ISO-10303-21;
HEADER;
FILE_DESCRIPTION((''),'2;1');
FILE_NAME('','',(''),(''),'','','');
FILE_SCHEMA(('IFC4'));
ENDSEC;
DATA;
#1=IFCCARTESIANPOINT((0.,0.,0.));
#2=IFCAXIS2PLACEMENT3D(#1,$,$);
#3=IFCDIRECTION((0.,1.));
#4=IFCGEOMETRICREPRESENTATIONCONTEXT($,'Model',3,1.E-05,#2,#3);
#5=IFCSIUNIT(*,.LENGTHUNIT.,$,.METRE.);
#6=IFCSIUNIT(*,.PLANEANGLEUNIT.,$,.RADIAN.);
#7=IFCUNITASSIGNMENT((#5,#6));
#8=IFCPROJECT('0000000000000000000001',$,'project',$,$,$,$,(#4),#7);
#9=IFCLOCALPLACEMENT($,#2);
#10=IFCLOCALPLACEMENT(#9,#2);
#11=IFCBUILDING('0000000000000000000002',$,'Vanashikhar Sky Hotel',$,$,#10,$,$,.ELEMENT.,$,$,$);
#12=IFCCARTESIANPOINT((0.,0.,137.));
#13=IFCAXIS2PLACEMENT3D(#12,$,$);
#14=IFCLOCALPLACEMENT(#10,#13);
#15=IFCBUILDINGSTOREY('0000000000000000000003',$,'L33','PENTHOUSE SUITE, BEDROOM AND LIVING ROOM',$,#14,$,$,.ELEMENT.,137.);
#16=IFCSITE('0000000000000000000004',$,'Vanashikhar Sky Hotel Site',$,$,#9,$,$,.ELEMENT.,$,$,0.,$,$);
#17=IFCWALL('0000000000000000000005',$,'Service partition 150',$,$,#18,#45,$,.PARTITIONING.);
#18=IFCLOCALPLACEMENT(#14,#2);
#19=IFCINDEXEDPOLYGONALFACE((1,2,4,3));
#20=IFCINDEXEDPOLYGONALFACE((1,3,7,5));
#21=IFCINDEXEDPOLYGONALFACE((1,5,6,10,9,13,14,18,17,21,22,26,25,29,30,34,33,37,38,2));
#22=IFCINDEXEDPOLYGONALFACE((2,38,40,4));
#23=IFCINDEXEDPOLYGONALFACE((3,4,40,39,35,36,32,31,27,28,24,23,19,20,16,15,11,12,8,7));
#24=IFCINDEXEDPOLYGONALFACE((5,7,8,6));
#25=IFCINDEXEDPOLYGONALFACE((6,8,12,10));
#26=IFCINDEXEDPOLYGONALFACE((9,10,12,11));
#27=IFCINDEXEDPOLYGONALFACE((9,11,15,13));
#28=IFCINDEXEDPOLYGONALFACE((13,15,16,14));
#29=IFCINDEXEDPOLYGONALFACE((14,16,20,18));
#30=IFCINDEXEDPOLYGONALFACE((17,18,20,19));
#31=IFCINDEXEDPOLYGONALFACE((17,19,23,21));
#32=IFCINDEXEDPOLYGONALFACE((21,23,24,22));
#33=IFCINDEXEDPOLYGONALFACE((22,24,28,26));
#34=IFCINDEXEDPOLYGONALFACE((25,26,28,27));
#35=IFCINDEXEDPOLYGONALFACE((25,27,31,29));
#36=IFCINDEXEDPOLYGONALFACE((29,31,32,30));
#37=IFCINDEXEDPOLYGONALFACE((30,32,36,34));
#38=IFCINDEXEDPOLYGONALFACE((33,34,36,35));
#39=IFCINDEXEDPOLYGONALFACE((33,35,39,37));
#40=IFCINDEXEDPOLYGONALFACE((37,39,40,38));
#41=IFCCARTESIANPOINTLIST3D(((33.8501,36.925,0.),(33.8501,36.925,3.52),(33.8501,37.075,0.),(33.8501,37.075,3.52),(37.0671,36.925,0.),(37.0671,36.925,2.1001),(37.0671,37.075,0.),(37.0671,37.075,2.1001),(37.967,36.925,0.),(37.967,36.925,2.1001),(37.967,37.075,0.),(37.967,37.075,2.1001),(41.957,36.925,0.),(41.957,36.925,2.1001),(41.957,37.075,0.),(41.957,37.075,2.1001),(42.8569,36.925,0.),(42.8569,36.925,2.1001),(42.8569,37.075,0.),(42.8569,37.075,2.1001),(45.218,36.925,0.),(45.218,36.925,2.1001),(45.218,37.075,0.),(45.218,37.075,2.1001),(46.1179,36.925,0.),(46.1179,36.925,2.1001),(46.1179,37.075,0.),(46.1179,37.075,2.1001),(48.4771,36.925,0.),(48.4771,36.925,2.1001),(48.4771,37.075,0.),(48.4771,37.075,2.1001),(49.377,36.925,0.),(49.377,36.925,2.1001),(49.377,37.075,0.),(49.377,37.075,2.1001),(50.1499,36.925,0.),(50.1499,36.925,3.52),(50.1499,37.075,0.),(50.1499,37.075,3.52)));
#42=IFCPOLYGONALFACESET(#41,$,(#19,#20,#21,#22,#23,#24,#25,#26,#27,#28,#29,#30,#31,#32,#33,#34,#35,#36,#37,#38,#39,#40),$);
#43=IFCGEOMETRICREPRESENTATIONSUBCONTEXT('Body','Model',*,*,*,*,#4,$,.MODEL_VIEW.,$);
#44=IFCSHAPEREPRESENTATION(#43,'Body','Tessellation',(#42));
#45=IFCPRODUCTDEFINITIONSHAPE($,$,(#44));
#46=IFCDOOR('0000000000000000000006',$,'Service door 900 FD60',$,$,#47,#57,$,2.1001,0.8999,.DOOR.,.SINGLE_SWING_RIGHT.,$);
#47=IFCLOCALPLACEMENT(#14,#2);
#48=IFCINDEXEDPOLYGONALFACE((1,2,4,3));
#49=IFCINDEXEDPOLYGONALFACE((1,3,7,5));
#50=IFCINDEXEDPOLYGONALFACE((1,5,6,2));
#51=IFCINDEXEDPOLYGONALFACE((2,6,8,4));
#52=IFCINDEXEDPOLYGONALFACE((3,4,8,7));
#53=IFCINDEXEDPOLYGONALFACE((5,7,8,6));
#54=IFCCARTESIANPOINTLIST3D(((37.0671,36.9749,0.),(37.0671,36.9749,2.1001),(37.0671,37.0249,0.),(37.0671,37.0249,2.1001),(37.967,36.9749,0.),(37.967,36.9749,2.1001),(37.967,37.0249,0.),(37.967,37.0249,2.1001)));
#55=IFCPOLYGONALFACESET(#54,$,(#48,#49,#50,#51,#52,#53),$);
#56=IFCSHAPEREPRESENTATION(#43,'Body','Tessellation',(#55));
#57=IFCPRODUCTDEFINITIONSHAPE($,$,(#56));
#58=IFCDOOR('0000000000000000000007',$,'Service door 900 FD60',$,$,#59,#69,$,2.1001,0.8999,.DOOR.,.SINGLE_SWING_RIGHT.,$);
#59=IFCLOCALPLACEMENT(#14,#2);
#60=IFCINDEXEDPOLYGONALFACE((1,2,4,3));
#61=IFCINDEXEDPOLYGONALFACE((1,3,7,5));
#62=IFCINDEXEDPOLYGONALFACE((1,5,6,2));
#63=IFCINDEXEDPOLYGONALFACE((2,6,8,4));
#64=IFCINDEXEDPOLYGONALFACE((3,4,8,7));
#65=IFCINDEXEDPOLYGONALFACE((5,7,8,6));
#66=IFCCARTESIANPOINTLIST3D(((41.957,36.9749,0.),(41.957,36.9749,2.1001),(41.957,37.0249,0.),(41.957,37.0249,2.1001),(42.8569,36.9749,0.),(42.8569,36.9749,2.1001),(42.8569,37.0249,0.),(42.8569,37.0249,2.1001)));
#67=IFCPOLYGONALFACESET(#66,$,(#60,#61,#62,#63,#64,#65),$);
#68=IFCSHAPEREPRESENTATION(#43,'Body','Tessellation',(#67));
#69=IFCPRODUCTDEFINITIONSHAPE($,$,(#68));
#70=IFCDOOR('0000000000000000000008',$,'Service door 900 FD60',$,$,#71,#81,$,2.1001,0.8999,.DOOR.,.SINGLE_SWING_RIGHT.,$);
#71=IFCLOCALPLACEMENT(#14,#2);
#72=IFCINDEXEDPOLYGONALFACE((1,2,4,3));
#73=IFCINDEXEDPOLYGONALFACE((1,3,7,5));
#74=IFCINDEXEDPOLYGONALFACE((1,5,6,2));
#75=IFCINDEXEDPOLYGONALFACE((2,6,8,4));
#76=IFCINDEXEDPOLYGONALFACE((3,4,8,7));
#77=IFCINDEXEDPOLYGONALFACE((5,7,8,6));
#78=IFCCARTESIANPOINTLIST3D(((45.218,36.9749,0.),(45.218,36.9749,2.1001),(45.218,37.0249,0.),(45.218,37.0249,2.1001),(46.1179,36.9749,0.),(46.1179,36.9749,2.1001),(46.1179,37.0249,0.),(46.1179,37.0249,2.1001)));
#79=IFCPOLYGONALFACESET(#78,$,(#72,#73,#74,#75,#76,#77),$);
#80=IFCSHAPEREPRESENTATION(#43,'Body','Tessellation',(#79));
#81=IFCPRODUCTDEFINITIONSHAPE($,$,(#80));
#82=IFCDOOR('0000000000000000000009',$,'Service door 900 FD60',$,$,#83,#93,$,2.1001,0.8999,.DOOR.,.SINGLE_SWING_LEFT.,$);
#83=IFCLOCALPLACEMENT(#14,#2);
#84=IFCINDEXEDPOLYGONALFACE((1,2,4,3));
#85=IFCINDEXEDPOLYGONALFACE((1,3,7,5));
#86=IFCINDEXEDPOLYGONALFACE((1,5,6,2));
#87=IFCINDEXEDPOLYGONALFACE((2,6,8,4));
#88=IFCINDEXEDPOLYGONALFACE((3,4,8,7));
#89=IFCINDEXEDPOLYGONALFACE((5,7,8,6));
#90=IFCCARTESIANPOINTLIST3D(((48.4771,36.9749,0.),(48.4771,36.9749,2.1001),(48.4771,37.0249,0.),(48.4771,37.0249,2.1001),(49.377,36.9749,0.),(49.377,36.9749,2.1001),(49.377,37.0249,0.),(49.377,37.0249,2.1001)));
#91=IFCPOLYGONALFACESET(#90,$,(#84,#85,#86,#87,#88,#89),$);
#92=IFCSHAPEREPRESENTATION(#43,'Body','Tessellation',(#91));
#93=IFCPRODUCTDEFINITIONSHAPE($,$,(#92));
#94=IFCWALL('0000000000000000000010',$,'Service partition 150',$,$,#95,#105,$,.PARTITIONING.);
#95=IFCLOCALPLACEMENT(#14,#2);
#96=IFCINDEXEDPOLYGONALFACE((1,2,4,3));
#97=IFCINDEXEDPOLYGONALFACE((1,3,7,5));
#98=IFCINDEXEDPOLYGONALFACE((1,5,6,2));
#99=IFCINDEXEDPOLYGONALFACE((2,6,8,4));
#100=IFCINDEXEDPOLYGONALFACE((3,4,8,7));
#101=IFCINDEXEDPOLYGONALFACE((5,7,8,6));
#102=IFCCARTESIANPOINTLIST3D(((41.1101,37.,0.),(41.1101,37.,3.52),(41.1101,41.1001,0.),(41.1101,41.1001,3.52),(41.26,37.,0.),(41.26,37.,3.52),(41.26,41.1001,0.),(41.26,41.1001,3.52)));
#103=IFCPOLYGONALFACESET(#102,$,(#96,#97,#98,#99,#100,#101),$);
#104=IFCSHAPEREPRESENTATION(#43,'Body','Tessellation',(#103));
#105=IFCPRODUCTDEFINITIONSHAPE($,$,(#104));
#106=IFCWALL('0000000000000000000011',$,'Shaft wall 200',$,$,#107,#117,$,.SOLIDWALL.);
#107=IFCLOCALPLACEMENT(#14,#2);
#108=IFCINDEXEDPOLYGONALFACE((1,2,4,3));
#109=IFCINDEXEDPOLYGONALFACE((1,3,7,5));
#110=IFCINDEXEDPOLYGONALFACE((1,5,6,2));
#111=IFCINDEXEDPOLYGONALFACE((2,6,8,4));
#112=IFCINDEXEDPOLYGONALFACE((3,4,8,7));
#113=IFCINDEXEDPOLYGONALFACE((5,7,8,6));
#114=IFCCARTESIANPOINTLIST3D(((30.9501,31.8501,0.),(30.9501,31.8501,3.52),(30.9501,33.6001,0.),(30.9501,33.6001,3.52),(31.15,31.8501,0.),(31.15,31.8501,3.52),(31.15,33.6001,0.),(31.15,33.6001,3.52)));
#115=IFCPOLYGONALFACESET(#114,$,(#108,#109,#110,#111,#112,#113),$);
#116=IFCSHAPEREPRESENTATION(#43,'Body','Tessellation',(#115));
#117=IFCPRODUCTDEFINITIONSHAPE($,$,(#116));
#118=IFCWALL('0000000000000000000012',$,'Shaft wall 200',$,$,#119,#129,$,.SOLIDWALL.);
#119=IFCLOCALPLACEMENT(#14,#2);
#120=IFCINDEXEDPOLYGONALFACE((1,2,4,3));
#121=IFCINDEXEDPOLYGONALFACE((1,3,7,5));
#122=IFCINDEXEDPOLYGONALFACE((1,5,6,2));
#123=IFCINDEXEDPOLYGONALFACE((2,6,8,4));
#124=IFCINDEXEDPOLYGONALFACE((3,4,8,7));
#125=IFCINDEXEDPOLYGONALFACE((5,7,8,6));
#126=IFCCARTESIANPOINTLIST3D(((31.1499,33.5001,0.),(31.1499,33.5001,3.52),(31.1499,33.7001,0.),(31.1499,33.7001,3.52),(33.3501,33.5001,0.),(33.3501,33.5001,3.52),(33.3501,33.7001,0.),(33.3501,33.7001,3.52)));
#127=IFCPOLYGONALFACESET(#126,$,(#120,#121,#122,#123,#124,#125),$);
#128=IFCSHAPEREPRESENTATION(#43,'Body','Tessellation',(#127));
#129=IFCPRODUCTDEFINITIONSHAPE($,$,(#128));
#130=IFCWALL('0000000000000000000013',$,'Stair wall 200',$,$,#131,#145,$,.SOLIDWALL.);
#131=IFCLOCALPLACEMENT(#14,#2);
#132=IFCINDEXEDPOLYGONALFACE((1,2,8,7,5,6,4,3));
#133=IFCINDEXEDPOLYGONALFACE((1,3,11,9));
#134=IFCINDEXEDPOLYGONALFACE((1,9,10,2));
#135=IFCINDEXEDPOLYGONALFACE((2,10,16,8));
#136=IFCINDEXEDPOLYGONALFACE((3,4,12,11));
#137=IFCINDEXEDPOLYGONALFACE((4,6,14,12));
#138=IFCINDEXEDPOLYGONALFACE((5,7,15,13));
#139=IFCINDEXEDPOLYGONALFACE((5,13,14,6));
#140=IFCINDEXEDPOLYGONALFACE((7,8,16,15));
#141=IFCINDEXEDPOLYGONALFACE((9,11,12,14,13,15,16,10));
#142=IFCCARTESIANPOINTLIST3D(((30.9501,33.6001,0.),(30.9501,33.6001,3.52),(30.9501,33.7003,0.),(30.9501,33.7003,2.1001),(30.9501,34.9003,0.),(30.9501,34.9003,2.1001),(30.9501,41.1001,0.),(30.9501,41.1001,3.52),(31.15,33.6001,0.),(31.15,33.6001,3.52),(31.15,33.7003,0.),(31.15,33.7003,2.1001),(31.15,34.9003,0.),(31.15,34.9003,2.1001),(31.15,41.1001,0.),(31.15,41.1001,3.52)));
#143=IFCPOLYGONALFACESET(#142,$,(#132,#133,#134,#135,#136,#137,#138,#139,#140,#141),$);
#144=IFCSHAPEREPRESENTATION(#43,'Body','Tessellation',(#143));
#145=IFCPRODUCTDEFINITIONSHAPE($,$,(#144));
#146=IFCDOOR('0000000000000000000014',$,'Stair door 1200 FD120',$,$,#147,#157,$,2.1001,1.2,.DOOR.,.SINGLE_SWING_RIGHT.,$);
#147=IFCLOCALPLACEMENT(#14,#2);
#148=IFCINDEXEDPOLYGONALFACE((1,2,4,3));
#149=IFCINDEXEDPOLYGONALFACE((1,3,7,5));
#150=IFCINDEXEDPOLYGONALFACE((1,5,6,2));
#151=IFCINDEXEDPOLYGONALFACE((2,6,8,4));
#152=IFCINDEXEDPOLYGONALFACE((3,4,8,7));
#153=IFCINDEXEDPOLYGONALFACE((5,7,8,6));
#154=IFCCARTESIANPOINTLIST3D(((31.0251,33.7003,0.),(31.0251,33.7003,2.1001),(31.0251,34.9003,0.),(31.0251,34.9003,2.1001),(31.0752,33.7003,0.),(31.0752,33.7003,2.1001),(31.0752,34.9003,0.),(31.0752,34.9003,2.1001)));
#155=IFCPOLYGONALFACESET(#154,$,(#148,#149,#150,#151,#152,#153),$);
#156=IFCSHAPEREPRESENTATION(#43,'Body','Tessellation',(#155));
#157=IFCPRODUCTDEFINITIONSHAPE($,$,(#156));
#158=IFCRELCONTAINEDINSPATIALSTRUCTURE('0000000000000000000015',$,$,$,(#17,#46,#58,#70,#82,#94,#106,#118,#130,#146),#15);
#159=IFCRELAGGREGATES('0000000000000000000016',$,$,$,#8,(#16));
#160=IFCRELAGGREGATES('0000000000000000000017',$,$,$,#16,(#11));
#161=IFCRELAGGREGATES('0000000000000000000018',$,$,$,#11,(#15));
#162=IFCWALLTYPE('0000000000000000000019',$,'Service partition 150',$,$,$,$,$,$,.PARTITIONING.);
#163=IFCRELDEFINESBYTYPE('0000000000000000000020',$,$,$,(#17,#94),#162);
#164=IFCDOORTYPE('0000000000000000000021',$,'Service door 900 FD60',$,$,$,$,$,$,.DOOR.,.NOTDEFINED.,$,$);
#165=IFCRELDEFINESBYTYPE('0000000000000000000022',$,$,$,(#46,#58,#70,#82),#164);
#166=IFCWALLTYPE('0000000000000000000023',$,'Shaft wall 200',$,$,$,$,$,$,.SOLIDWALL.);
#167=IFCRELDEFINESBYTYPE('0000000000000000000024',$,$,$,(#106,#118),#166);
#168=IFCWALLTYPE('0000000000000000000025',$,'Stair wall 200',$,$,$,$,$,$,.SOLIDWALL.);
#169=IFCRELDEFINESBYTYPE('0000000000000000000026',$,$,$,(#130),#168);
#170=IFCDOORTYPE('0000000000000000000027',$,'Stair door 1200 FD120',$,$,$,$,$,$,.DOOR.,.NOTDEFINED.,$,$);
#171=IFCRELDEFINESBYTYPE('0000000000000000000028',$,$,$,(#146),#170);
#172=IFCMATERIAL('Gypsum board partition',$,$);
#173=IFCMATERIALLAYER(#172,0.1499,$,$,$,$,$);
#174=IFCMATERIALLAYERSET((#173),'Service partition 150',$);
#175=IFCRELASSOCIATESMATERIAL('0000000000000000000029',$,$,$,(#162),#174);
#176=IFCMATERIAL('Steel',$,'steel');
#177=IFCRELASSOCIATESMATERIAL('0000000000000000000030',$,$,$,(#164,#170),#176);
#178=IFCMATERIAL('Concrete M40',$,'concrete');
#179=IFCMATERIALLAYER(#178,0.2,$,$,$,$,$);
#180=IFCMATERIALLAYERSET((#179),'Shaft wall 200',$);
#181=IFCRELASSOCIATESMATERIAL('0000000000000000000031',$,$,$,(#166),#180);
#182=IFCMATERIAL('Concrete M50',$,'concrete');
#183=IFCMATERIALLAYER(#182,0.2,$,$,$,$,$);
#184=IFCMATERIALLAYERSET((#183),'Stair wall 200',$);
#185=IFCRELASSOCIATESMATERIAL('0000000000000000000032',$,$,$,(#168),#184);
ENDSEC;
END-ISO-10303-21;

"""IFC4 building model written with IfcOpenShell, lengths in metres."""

from ifc_helpers import new_model, si_unit, direction, frame, frame_2d, origin, place, context, subcontext, project, spatial, rectangle, extrude, source, transform, mapped, material, layer, layer_set, type_object, element, fill, save


model = new_model("IFC4")

# Units and contexts
model_context = context("Model", 3, precision=1e-05, world=origin(), true_north=direction((0.0, 1.0)))
body_context = subcontext(model_context, "Body", "Model", "MODEL_VIEW")
ifc_project = project(units=[si_unit("LENGTHUNIT", "METRE"), si_unit("PLANEANGLEUNIT", "RADIAN")], contexts=[model_context])

# Site, building, storey
site_placement = place(None, origin())
site = spatial("IfcSite", under=ifc_project, at=site_placement, Name="Vanashikhar Sky Hotel Site", CompositionType="ELEMENT", RefElevation=0.0)
building_placement = place(site_placement, origin())
building = spatial("IfcBuilding", under=site, at=building_placement, Name="Vanashikhar Sky Hotel", CompositionType="ELEMENT")
storey_placement = place(building_placement, frame((0.0, 0.0, 137.0)))
storey = spatial("IfcBuildingStorey", under=building, at=storey_placement, Name="L33", Description="PENTHOUSE SUITE, BEDROOM AND LIVING ROOM", CompositionType="ELEMENT", Elevation=137.0)

# Shared definitions
ifc_material_1 = material(Name="Concrete M50", Category="concrete")

# Shared definitions
ifc_material_2 = material(Name="Gypsum board partition")
ifc_layer_1 = layer(ifc_material_2, 0.1499)
ifc_layer_set_1 = layer_set([ifc_layer_1], Name="Service partition 150")
wall_type_1 = type_object("IfcWallType", Name="Service partition 150", PredefinedType="PARTITIONING", material=ifc_layer_set_1)

# Wall, openings, doors
shared_shape_1 = source(origin(), body_context, "Body", "SweptSolid", [
    extrude(rectangle(XDim=0.8999, YDim=2.1001, at=frame_2d((0.45, 1.05))), frame((0.0, 0.085, 0.0), z_axis=(0.0, -1.0, 0.0), x_axis=(1.0, 0.0, 0.0)), (0.0, 0.0, 1.0), 0.1699),
])
ifc_material_3 = material(Name="Steel", Category="steel")
door_type_1 = type_object("IfcDoorType", Name="Service door 900 FD60", OperationType="NOTDEFINED", PredefinedType="DOOR", material=ifc_material_3)
shared_shape_2 = source(origin(), body_context, "Body", "SweptSolid", [
    extrude(rectangle(XDim=0.8999, YDim=2.1001, at=frame_2d((0.45, 1.05))), frame((0.0, 0.0249, 0.0), z_axis=(0.0, -1.0, 0.0), x_axis=(1.0, 0.0, 0.0)), (0.0, 0.0, 1.0), 0.05),
])
shared_shape_3 = source(origin(), body_context, "Body", "SweptSolid", [
    extrude(rectangle(XDim=16.2998, YDim=0.1499, at=frame_2d((8.1499, 0.0))), origin(), (0.0, 0.0, 1.0), 3.52),
])
wall_1_placement = place(storey_placement, frame((33.8501, 37.0, 0.0), z_axis=(0.0, 0.0, 1.0), x_axis=(1.0, 0.0, 0.0)))
wall_1 = element("IfcWall", 1, at=wall_1_placement, inside=storey, type_object=wall_type_1, Name="Service partition 150", PredefinedType="PARTITIONING", context=body_context, shape_type="MappedRepresentation", body=[
    mapped(shared_shape_3, transform((0.0, 0.0, 0.0), scale=1.0)),
])
opening_1_placement = place(wall_1_placement, frame((3.217, 0.0, 0.0)))
opening_1 = element("IfcOpeningElement", 2, at=opening_1_placement, cuts=wall_1, PredefinedType="OPENING", context=body_context, shape_type="MappedRepresentation", body=[
    mapped(shared_shape_1, transform((0.0, 0.0, 0.0), scale=1.0)),
])
opening_2_placement = place(wall_1_placement, frame((8.1069, 0.0, 0.0)))
opening_2 = element("IfcOpeningElement", 3, at=opening_2_placement, cuts=wall_1, PredefinedType="OPENING", context=body_context, shape_type="MappedRepresentation", body=[
    mapped(shared_shape_1, transform((0.0, 0.0, 0.0), scale=1.0)),
])
opening_3_placement = place(wall_1_placement, frame((11.3679, 0.0, 0.0)))
opening_3 = element("IfcOpeningElement", 4, at=opening_3_placement, cuts=wall_1, PredefinedType="OPENING", context=body_context, shape_type="MappedRepresentation", body=[
    mapped(shared_shape_1, transform((0.0, 0.0, 0.0), scale=1.0)),
])
opening_4_placement = place(wall_1_placement, frame((14.627, 0.0, 0.0)))
opening_4 = element("IfcOpeningElement", 5, at=opening_4_placement, cuts=wall_1, PredefinedType="OPENING", context=body_context, shape_type="MappedRepresentation", body=[
    mapped(shared_shape_1, transform((0.0, 0.0, 0.0), scale=1.0)),
])
door_1_placement = place(opening_1_placement, origin())
door_1 = element("IfcDoor", 6, at=door_1_placement, inside=storey, type_object=door_type_1, Name="Service door 900 FD60", OperationType="SINGLE_SWING_RIGHT", OverallHeight=2.1001, OverallWidth=0.8999, PredefinedType="DOOR", context=body_context, shape_type="MappedRepresentation", body=[
    mapped(shared_shape_2, transform((0.0, 0.0, 0.0), scale=1.0)),
])
fill(opening_1, door_1)
door_2_placement = place(opening_2_placement, origin())
door_2 = element("IfcDoor", 7, at=door_2_placement, inside=storey, type_object=door_type_1, Name="Service door 900 FD60", OperationType="SINGLE_SWING_RIGHT", OverallHeight=2.1001, OverallWidth=0.8999, PredefinedType="DOOR", context=body_context, shape_type="MappedRepresentation", body=[
    mapped(shared_shape_2, transform((0.0, 0.0, 0.0), scale=1.0)),
])
fill(opening_2, door_2)
door_3_placement = place(opening_3_placement, origin())
door_3 = element("IfcDoor", 8, at=door_3_placement, inside=storey, type_object=door_type_1, Name="Service door 900 FD60", OperationType="SINGLE_SWING_RIGHT", OverallHeight=2.1001, OverallWidth=0.8999, PredefinedType="DOOR", context=body_context, shape_type="MappedRepresentation", body=[
    mapped(shared_shape_2, transform((0.0, 0.0, 0.0), scale=1.0)),
])
fill(opening_3, door_3)
door_4_placement = place(opening_4_placement, origin())
door_4 = element("IfcDoor", 9, at=door_4_placement, inside=storey, type_object=door_type_1, Name="Service door 900 FD60", OperationType="SINGLE_SWING_LEFT", OverallHeight=2.1001, OverallWidth=0.8999, PredefinedType="DOOR", context=body_context, shape_type="MappedRepresentation", body=[
    mapped(shared_shape_2, transform((0.0, 0.0, 0.0), scale=1.0)),
])
fill(opening_4, door_4)

# Walls
shared_shape_4 = source(origin(), body_context, "Body", "SweptSolid", [
    extrude(rectangle(XDim=4.1001, YDim=0.1499, at=frame_2d((2.05, 0.0))), origin(), (0.0, 0.0, 1.0), 3.52),
])
wall_2_placement = place(storey_placement, frame((41.1851, 37.0, 0.0), z_axis=(0.0, 0.0, 1.0), x_axis=(0.0, 1.0, 0.0)))
element("IfcWall", 10, at=wall_2_placement, inside=storey, type_object=wall_type_1, Name="Service partition 150", PredefinedType="PARTITIONING", context=body_context, shape_type="MappedRepresentation", body=[
    mapped(shared_shape_4, transform((0.0, 0.0, 0.0), scale=1.0)),
])
ifc_material_4 = material(Name="Concrete M40", Category="concrete")
ifc_layer_2 = layer(ifc_material_4, 0.2)
ifc_layer_set_2 = layer_set([ifc_layer_2], Name="Shaft wall 200")
wall_type_2 = type_object("IfcWallType", Name="Shaft wall 200", PredefinedType="SOLIDWALL", material=ifc_layer_set_2)
shared_shape_5 = source(origin(), body_context, "Body", "SweptSolid", [
    extrude(rectangle(XDim=1.75, YDim=0.2, at=frame_2d((0.875, 0.0))), origin(), (0.0, 0.0, 1.0), 3.52),
])
wall_3_placement = place(storey_placement, frame((31.05, 31.8501, 0.0), z_axis=(0.0, 0.0, 1.0), x_axis=(0.0, 1.0, 0.0)))
element("IfcWall", 11, at=wall_3_placement, inside=storey, type_object=wall_type_2, Name="Shaft wall 200", PredefinedType="SOLIDWALL", context=body_context, shape_type="MappedRepresentation", body=[
    mapped(shared_shape_5, transform((0.0, 0.0, 0.0), scale=1.0)),
])
shared_shape_6 = source(origin(), body_context, "Body", "SweptSolid", [
    extrude(rectangle(XDim=2.2002, YDim=0.2, at=frame_2d((1.1001, 0.0))), origin(), (0.0, 0.0, 1.0), 3.52),
])
wall_4_placement = place(storey_placement, frame((31.1499, 33.6001, 0.0), z_axis=(0.0, 0.0, 1.0), x_axis=(1.0, 0.0, 0.0)))
element("IfcWall", 12, at=wall_4_placement, inside=storey, type_object=wall_type_2, Name="Shaft wall 200", PredefinedType="SOLIDWALL", context=body_context, shape_type="MappedRepresentation", body=[
    mapped(shared_shape_6, transform((0.0, 0.0, 0.0), scale=1.0)),
])

# Wall, opening, door
ifc_layer_3 = layer(ifc_material_1, 0.2)
ifc_layer_set_3 = layer_set([ifc_layer_3], Name="Stair wall 200")
wall_type_3 = type_object("IfcWallType", Name="Stair wall 200", PredefinedType="SOLIDWALL", material=ifc_layer_set_3)
shared_shape_7 = source(origin(), body_context, "Body", "SweptSolid", [
    extrude(rectangle(XDim=7.5, YDim=0.2, at=frame_2d((3.75, 0.0))), origin(), (0.0, 0.0, 1.0), 3.52),
])
wall_5_placement = place(storey_placement, frame((31.05, 33.6001, 0.0), z_axis=(0.0, 0.0, 1.0), x_axis=(0.0, 1.0, 0.0)))
wall_5 = element("IfcWall", 13, at=wall_5_placement, inside=storey, type_object=wall_type_3, Name="Stair wall 200", PredefinedType="SOLIDWALL", context=body_context, shape_type="MappedRepresentation", body=[
    mapped(shared_shape_7, transform((0.0, 0.0, 0.0), scale=1.0)),
])
shared_shape_8 = source(origin(), body_context, "Body", "SweptSolid", [
    extrude(rectangle(XDim=1.2, YDim=2.1001, at=frame_2d((0.6001, 1.05))), frame((0.0, 0.1099, 0.0), z_axis=(0.0, -1.0, 0.0), x_axis=(1.0, 0.0, 0.0)), (0.0, 0.0, 1.0), 0.22),
])
opening_5_placement = place(wall_5_placement, frame((0.1001, 0.0, 0.0)))
opening_5 = element("IfcOpeningElement", 14, at=opening_5_placement, cuts=wall_5, PredefinedType="OPENING", context=body_context, shape_type="MappedRepresentation", body=[
    mapped(shared_shape_8, transform((0.0, 0.0, 0.0), scale=1.0)),
])
door_type_2 = type_object("IfcDoorType", Name="Stair door 1200 FD120", OperationType="NOTDEFINED", PredefinedType="DOOR", material=ifc_material_3)
shared_shape_9 = source(origin(), body_context, "Body", "SweptSolid", [
    extrude(rectangle(XDim=1.2, YDim=2.1001, at=frame_2d((0.6001, 1.05))), frame((0.0, 0.0249, 0.0), z_axis=(0.0, -1.0, 0.0), x_axis=(1.0, 0.0, 0.0)), (0.0, 0.0, 1.0), 0.05),
])
door_5_placement = place(opening_5_placement, origin())
door_5 = element("IfcDoor", 15, at=door_5_placement, inside=storey, type_object=door_type_2, Name="Stair door 1200 FD120", OperationType="SINGLE_SWING_RIGHT", OverallHeight=2.1001, OverallWidth=1.2, PredefinedType="DOOR", context=body_context, shape_type="MappedRepresentation", body=[
    mapped(shared_shape_9, transform((0.0, 0.0, 0.0), scale=1.0)),
])
fill(opening_5, door_5)

save(model, "model.ifc")
